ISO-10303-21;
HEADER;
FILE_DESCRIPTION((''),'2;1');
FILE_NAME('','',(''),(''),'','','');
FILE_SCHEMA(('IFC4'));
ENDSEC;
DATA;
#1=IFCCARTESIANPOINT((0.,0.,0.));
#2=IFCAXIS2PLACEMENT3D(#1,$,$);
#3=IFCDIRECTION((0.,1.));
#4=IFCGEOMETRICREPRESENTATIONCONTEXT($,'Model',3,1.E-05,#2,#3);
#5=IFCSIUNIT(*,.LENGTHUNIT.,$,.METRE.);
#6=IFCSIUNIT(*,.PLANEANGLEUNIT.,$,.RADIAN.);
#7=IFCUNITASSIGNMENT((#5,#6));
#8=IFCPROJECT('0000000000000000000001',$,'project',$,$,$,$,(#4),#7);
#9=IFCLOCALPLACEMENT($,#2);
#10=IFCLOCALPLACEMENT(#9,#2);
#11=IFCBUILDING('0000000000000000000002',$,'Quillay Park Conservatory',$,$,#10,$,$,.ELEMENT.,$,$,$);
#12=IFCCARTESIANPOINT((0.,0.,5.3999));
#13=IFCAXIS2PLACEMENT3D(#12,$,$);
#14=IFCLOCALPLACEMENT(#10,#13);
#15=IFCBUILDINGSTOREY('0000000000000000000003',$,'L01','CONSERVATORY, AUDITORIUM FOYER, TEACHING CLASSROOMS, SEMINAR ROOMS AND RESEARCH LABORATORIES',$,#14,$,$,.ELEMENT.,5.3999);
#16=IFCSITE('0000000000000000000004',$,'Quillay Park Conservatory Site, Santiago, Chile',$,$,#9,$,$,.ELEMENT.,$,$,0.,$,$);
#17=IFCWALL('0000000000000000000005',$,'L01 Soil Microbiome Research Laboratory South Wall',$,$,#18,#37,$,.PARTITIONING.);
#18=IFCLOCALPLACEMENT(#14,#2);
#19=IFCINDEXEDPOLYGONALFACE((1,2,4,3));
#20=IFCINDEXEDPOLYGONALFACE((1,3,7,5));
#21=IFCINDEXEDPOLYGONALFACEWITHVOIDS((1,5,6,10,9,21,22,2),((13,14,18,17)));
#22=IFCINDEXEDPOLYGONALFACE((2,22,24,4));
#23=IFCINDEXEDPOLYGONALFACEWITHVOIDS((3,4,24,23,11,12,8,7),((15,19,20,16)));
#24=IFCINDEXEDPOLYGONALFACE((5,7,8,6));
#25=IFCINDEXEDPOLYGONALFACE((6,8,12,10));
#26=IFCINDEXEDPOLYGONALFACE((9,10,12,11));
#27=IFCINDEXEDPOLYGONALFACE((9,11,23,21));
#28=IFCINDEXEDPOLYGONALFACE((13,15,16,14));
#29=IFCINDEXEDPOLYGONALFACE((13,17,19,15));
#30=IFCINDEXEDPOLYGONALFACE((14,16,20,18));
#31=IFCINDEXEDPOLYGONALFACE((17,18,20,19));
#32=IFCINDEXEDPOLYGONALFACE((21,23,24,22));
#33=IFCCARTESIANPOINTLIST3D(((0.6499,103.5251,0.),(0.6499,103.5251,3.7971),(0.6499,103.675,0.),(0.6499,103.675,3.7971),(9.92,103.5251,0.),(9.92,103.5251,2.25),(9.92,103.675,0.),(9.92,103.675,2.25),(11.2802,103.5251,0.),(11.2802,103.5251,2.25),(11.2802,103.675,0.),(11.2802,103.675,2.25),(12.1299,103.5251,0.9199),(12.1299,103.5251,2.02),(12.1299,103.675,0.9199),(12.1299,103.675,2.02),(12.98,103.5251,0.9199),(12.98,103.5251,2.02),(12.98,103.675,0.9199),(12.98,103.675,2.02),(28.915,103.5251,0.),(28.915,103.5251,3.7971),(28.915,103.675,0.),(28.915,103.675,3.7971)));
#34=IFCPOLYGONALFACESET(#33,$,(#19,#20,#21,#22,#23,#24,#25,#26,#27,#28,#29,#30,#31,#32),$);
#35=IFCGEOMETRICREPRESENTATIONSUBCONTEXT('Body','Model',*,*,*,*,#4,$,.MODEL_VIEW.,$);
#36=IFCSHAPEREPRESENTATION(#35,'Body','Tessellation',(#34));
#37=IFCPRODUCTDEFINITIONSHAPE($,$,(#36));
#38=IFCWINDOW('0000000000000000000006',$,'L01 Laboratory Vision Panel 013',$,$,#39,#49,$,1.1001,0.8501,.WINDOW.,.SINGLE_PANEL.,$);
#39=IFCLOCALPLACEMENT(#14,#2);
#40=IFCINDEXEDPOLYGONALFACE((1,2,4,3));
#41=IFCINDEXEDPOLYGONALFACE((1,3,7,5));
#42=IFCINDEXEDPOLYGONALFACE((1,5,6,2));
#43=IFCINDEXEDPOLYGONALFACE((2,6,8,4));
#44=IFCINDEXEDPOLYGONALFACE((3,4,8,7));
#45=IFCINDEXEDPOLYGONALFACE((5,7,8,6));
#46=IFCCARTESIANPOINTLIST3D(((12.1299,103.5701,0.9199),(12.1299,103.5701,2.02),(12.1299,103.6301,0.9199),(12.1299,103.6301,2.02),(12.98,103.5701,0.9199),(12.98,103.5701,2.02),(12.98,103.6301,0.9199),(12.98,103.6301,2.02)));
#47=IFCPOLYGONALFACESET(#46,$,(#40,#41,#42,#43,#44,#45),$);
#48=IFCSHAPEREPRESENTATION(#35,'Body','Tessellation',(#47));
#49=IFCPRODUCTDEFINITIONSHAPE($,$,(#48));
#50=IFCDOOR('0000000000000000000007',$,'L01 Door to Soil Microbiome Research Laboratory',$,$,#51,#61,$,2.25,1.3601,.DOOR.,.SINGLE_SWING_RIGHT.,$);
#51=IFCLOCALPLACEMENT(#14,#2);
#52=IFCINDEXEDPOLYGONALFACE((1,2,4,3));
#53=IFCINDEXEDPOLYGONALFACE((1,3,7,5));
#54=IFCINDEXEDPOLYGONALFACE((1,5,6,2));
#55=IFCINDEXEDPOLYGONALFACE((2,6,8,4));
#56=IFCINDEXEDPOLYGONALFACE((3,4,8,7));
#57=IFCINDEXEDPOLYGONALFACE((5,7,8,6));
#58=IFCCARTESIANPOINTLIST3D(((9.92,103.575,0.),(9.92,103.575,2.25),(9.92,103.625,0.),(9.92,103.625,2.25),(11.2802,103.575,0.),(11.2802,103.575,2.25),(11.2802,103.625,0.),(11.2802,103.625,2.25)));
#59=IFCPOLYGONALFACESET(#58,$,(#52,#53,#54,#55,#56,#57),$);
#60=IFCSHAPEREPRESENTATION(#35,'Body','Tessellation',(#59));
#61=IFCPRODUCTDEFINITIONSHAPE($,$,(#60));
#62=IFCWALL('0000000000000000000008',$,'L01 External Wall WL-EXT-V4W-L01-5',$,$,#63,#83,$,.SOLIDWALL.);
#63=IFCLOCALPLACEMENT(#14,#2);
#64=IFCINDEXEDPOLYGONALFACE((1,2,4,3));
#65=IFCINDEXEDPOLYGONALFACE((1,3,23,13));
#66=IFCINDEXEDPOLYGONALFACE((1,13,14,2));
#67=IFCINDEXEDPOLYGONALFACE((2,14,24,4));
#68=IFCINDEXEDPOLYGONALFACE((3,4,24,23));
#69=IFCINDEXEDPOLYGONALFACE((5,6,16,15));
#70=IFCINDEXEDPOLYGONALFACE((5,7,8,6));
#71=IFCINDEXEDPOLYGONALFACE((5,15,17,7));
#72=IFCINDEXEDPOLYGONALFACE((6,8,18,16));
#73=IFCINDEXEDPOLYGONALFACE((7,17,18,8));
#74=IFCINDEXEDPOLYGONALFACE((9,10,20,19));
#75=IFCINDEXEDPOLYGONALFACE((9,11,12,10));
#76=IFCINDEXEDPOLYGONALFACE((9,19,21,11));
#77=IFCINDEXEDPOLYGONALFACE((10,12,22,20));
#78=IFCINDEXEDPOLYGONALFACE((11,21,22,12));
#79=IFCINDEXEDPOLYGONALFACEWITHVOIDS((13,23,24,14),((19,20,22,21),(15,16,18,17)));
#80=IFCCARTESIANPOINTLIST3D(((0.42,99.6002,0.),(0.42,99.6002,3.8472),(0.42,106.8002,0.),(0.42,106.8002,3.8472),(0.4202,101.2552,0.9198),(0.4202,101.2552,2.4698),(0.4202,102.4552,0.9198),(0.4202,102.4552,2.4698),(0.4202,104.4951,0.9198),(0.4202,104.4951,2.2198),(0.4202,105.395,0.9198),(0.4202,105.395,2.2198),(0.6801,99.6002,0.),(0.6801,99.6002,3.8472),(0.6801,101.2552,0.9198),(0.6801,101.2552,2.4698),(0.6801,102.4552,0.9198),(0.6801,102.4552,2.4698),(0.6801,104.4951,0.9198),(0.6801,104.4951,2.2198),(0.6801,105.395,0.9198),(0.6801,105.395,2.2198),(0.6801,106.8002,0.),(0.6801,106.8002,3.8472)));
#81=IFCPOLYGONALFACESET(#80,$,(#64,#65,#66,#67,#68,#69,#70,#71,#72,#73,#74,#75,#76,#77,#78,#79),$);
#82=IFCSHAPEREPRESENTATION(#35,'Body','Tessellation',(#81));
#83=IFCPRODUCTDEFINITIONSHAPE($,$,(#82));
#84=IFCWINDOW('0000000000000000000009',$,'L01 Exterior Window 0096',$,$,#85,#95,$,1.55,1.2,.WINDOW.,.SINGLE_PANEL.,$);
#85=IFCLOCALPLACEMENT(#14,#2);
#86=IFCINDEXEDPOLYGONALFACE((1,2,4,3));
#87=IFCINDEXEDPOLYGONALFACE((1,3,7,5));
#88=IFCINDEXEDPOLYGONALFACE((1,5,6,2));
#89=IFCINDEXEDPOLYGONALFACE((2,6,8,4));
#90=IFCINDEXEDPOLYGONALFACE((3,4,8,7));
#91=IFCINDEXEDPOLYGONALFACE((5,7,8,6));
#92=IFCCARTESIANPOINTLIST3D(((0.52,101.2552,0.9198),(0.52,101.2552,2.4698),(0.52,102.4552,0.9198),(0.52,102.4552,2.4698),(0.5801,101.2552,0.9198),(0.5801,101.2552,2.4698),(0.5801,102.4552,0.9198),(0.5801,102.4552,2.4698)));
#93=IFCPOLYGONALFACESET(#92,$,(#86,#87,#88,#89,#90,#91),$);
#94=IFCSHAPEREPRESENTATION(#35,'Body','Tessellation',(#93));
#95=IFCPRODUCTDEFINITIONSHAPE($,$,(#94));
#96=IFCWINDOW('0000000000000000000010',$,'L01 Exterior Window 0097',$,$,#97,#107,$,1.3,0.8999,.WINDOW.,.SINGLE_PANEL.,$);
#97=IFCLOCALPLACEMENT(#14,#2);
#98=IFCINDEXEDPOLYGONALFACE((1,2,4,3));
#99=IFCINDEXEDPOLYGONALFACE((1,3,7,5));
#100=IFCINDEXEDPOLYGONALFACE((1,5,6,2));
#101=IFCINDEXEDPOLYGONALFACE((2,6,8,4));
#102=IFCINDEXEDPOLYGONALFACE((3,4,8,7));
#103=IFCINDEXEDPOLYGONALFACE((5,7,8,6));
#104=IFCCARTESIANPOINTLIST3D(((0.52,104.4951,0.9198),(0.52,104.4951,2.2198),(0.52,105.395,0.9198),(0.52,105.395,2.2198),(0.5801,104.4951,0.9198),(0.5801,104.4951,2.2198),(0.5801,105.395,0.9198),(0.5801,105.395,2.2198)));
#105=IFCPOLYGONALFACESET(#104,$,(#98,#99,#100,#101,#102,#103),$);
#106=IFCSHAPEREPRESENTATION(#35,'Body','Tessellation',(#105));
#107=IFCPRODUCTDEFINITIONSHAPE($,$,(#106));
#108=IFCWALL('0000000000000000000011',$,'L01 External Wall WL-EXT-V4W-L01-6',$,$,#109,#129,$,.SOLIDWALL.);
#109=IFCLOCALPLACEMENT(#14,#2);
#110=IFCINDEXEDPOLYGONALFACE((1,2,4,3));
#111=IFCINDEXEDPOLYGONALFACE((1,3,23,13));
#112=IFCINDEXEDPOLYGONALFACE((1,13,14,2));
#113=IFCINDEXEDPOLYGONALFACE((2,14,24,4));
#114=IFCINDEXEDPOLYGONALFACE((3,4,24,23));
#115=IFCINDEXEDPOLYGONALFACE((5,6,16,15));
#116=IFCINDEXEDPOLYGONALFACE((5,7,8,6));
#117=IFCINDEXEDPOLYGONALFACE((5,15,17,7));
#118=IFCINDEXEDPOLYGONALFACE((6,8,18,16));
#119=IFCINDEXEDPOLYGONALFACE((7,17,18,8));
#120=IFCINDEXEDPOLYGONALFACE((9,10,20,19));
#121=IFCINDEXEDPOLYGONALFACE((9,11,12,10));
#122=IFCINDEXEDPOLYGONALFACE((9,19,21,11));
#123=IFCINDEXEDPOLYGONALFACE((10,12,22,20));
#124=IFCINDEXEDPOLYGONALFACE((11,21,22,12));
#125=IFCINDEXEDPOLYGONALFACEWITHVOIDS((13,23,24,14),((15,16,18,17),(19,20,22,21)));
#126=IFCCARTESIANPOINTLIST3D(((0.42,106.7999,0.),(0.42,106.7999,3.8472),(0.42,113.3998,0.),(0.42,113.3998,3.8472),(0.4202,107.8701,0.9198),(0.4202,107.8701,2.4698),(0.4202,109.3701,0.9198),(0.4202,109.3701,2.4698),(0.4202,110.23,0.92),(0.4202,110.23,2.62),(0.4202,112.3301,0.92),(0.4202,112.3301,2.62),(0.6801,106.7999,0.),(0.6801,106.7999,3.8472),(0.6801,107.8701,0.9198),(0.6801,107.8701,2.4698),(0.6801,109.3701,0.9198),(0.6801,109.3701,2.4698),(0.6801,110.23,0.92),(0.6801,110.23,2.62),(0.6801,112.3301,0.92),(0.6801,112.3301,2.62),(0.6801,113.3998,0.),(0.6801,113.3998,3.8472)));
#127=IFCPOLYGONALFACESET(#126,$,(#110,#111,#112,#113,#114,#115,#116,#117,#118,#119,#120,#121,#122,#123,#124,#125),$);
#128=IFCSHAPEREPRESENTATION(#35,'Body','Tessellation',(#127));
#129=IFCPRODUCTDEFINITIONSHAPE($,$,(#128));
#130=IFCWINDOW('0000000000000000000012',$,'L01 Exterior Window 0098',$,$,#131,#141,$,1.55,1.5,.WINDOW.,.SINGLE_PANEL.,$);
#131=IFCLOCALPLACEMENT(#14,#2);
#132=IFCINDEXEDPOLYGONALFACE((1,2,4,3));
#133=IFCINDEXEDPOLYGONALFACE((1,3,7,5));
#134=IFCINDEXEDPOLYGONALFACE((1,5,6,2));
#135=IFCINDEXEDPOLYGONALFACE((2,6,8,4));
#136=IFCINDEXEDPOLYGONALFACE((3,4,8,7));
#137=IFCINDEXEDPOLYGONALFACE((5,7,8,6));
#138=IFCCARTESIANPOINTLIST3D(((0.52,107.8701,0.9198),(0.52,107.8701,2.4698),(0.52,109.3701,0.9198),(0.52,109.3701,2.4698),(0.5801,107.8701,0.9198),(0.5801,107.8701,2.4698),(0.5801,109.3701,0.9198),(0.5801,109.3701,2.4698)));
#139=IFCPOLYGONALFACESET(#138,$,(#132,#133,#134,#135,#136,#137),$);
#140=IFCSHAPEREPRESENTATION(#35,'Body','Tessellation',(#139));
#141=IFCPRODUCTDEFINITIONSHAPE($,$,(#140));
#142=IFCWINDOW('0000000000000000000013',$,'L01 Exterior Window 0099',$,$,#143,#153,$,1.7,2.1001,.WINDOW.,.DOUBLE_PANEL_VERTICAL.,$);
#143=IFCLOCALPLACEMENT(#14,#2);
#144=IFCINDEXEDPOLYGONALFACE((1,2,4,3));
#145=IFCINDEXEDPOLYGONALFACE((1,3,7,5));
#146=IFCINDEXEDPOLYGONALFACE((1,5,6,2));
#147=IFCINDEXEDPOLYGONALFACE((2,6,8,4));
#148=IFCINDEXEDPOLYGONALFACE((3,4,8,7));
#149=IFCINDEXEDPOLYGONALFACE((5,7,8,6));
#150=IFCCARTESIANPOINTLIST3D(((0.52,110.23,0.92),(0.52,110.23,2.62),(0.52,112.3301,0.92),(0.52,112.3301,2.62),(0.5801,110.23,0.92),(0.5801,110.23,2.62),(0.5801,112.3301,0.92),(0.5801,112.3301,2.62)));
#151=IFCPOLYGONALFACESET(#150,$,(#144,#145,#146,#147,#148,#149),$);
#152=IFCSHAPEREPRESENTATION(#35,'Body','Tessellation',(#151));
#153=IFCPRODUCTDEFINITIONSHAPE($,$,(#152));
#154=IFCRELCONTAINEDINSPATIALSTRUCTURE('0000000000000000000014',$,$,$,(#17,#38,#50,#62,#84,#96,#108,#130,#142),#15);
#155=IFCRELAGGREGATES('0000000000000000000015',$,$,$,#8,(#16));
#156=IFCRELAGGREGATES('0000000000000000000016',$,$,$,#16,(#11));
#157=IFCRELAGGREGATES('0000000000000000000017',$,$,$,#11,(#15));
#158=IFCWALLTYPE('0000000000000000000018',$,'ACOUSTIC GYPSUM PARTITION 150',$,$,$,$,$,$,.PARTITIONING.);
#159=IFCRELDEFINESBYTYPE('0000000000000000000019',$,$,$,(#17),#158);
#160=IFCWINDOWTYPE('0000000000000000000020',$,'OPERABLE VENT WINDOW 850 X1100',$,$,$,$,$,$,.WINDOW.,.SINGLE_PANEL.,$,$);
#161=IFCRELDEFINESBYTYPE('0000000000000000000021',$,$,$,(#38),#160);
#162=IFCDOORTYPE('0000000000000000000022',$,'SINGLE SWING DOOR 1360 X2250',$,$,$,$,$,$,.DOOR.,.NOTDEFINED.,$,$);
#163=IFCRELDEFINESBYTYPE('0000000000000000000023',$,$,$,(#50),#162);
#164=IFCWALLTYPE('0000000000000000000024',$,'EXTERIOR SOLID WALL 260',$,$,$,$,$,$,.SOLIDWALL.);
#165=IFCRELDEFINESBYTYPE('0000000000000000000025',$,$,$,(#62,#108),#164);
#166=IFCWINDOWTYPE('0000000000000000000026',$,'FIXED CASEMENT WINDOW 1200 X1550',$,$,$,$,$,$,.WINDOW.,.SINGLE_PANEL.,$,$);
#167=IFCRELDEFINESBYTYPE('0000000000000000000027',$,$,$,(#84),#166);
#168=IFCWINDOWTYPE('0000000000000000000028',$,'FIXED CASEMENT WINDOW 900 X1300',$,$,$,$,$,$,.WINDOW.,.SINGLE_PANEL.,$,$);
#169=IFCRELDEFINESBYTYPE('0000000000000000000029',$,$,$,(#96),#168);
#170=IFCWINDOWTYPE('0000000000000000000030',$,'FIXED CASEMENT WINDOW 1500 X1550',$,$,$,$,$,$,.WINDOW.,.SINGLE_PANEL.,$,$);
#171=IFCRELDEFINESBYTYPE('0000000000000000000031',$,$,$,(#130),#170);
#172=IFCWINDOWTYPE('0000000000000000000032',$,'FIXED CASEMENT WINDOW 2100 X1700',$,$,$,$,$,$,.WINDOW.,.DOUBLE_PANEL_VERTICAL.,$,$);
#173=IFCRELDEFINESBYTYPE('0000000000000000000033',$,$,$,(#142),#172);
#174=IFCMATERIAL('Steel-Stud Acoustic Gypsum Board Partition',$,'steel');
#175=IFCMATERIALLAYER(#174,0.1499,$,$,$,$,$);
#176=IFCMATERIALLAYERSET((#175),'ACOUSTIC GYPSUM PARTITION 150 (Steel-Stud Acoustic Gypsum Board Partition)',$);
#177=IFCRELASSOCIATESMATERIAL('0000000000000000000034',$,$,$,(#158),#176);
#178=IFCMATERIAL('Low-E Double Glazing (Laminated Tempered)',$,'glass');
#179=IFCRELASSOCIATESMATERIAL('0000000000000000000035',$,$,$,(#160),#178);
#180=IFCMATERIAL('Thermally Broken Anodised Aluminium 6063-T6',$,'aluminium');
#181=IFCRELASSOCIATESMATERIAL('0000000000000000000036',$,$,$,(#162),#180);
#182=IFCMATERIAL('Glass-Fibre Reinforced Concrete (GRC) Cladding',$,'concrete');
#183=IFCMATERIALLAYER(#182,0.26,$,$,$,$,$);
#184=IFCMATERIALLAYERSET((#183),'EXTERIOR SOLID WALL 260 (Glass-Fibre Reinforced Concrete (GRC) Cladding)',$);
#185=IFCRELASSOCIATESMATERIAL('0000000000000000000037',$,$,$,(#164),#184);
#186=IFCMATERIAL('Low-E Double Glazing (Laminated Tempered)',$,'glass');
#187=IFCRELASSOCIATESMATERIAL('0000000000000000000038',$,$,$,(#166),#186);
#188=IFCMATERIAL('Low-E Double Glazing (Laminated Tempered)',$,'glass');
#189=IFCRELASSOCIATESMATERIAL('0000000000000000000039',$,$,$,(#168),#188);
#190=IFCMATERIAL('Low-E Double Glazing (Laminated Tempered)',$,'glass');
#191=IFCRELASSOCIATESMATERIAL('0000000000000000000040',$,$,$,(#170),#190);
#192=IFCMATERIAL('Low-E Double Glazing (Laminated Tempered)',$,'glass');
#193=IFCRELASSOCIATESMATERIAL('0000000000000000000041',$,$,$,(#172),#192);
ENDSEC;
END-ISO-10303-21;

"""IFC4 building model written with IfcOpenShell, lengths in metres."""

from ifc_helpers import new_model, si_unit, direction, frame, frame_2d, origin, place, context, subcontext, project, spatial, rectangle, extrude, material, layer, layer_set, type_object, element, fill, save


model = new_model("IFC4")

# Units and contexts
model_context = context("Model", 3, precision=1e-05, world=origin(), true_north=direction((0.0, 1.0)))
body_context = subcontext(model_context, "Body", "Model", "MODEL_VIEW")
ifc_project = project(units=[si_unit("LENGTHUNIT", "METRE"), si_unit("PLANEANGLEUNIT", "RADIAN")], contexts=[model_context])

# Site, building, storey
site_placement = place(None, origin())
site = spatial("IfcSite", under=ifc_project, at=site_placement, Name="Quillay Park Conservatory Site, Santiago, Chile", CompositionType="ELEMENT", RefElevation=0.0)
building_placement = place(site_placement, origin())
building = spatial("IfcBuilding", under=site, at=building_placement, Name="Quillay Park Conservatory", CompositionType="ELEMENT")
storey_placement = place(building_placement, frame((0.0, 0.0, 5.3999)))
storey = spatial("IfcBuildingStorey", under=building, at=storey_placement, Name="L01", Description="CONSERVATORY, AUDITORIUM FOYER, TEACHING CLASSROOMS, SEMINAR ROOMS AND RESEARCH LABORATORIES", CompositionType="ELEMENT", Elevation=5.3999)

# Wall, openings, window, door
ifc_material_1 = material(Name="Steel-Stud Acoustic Gypsum Board Partition", Category="steel")
ifc_layer_1 = layer(ifc_material_1, 0.1499)
ifc_layer_set_1 = layer_set([ifc_layer_1], Name="ACOUSTIC GYPSUM PARTITION 150 (Steel-Stud Acoustic Gypsum Board Partition)")
wall_type_1 = type_object("IfcWallType", Name="ACOUSTIC GYPSUM PARTITION 150", PredefinedType="PARTITIONING", material=ifc_layer_set_1)
wall_1_placement = place(storey_placement, frame((0.6499, 103.6001, 0.0), z_axis=(0.0, 0.0, 1.0), x_axis=(1.0, 0.0, 0.0)))
wall_1 = element("IfcWall", 1, at=wall_1_placement, inside=storey, type_object=wall_type_1, Name="L01 Soil Microbiome Research Laboratory South Wall", PredefinedType="PARTITIONING", context=body_context, shape_type="SweptSolid", body=[
    extrude(rectangle(XDim=28.2651, YDim=0.1499, at=frame_2d((14.1326, 0.0))), origin(), (0.0, 0.0, 1.0), 3.7971),
])
opening_1_placement = place(wall_1_placement, frame((9.27, 0.0, 0.0)))
opening_1 = element("IfcOpeningElement", 2, at=opening_1_placement, cuts=wall_1, PredefinedType="OPENING", context=body_context, shape_type="SweptSolid", body=[
    extrude(rectangle(XDim=1.3601, YDim=2.25, at=frame_2d((0.6802, 1.125))), frame((0.0, 0.075, 0.0), z_axis=(0.0, -1.0, 0.0), x_axis=(1.0, 0.0, 0.0)), (0.0, 0.0, 1.0), 0.1499),
])
opening_2_placement = place(wall_1_placement, frame((11.48, 0.0, 0.9199)))
opening_2 = element("IfcOpeningElement", 3, at=opening_2_placement, cuts=wall_1, PredefinedType="OPENING", context=body_context, shape_type="SweptSolid", body=[
    extrude(rectangle(XDim=0.8501, YDim=1.1001, at=frame_2d((0.425, 0.55))), frame((0.0, 0.075, 0.0), z_axis=(0.0, -1.0, 0.0), x_axis=(1.0, 0.0, 0.0)), (0.0, 0.0, 1.0), 0.1499),
])
ifc_material_2 = material(Name="Low-E Double Glazing (Laminated Tempered)", Category="glass")
window_type_1 = type_object("IfcWindowType", Name="OPERABLE VENT WINDOW 850 X1100", PartitioningType="SINGLE_PANEL", PredefinedType="WINDOW", material=ifc_material_2)
window_1_placement = place(opening_2_placement, origin())
window_1 = element("IfcWindow", 4, at=window_1_placement, inside=storey, type_object=window_type_1, Name="L01 Laboratory Vision Panel 013", OverallHeight=1.1001, OverallWidth=0.8501, PartitioningType="SINGLE_PANEL", PredefinedType="WINDOW", context=body_context, shape_type="SweptSolid", body=[
    extrude(rectangle(XDim=0.8501, YDim=1.1001, at=frame_2d((0.425, 0.55))), frame((0.0, 0.03, 0.0), z_axis=(0.0, -1.0, 0.0), x_axis=(1.0, 0.0, 0.0)), (0.0, 0.0, 1.0), 0.0601),
])
fill(opening_2, window_1)
ifc_material_3 = material(Name="Thermally Broken Anodised Aluminium 6063-T6", Category="aluminium")
door_type = type_object("IfcDoorType", Name="SINGLE SWING DOOR 1360 X2250", OperationType="NOTDEFINED", PredefinedType="DOOR", material=ifc_material_3)
door_placement = place(opening_1_placement, origin())
door = element("IfcDoor", 5, at=door_placement, inside=storey, type_object=door_type, Name="L01 Door to Soil Microbiome Research Laboratory", OperationType="SINGLE_SWING_RIGHT", OverallHeight=2.25, OverallWidth=1.3601, PredefinedType="DOOR", context=body_context, shape_type="SweptSolid", body=[
    extrude(rectangle(XDim=1.3601, YDim=2.25, at=frame_2d((0.6802, 1.125))), frame((0.0, 0.0249, 0.0), z_axis=(0.0, -1.0, 0.0), x_axis=(1.0, 0.0, 0.0)), (0.0, 0.0, 1.0), 0.05),
])
fill(opening_1, door)

# Walls, openings, windows
ifc_material_4 = material(Name="Glass-Fibre Reinforced Concrete (GRC) Cladding", Category="concrete")
ifc_layer_2 = layer(ifc_material_4, 0.26)
ifc_layer_set_2 = layer_set([ifc_layer_2], Name="EXTERIOR SOLID WALL 260 (Glass-Fibre Reinforced Concrete (GRC) Cladding)")
wall_type_2 = type_object("IfcWallType", Name="EXTERIOR SOLID WALL 260", PredefinedType="SOLIDWALL", material=ifc_layer_set_2)
wall_2_placement = place(storey_placement, frame((0.55, 99.6001, 0.0), z_axis=(0.0, 0.0, 1.0), x_axis=(0.0, 1.0, 0.0)))
wall_2 = element("IfcWall", 6, at=wall_2_placement, inside=storey, type_object=wall_type_2, Name="L01 External Wall WL-EXT-V4W-L01-5", PredefinedType="SOLIDWALL", context=body_context, shape_type="SweptSolid", body=[
    extrude(rectangle(XDim=7.2, YDim=0.26, at=frame_2d((3.6001, 0.0))), origin(), (0.0, 0.0, 1.0), 3.8472),
])
opening_3_placement = place(wall_2_placement, frame((1.655, 0.0, 0.9199)))
opening_3 = element("IfcOpeningElement", 7, at=opening_3_placement, cuts=wall_2, PredefinedType="OPENING", context=body_context, shape_type="SweptSolid", body=[
    extrude(rectangle(XDim=1.2, YDim=1.55, at=frame_2d((0.6001, 0.7749))), frame((0.0, 0.1299, 0.0), z_axis=(0.0, -1.0, 0.0), x_axis=(1.0, 0.0, 0.0)), (0.0, 0.0, 1.0), 0.26),
])
opening_4_placement = place(wall_2_placement, frame((4.895, 0.0, 0.9199)))
opening_4 = element("IfcOpeningElement", 8, at=opening_4_placement, cuts=wall_2, PredefinedType="OPENING", context=body_context, shape_type="SweptSolid", body=[
    extrude(rectangle(XDim=0.8999, YDim=1.3, at=frame_2d((0.45, 0.6499))), frame((0.0, 0.1299, 0.0), z_axis=(0.0, -1.0, 0.0), x_axis=(1.0, 0.0, 0.0)), (0.0, 0.0, 1.0), 0.26),
])
ifc_material_5 = material(Name="Low-E Double Glazing (Laminated Tempered)", Category="glass")
window_type_2 = type_object("IfcWindowType", Name="FIXED CASEMENT WINDOW 1200 X1550", PartitioningType="SINGLE_PANEL", PredefinedType="WINDOW", material=ifc_material_5)
window_2_placement = place(opening_3_placement, origin())
window_2 = element("IfcWindow", 9, at=window_2_placement, inside=storey, type_object=window_type_2, Name="L01 Exterior Window 0096", OverallHeight=1.55, OverallWidth=1.2, PartitioningType="SINGLE_PANEL", PredefinedType="WINDOW", context=body_context, shape_type="SweptSolid", body=[
    extrude(rectangle(XDim=1.2, YDim=1.55, at=frame_2d((0.6001, 0.7749))), frame((0.0, 0.03, 0.0), z_axis=(0.0, -1.0, 0.0), x_axis=(1.0, 0.0, 0.0)), (0.0, 0.0, 1.0), 0.0601),
])
fill(opening_3, window_2)
ifc_material_6 = material(Name="Low-E Double Glazing (Laminated Tempered)", Category="glass")
window_type_3 = type_object("IfcWindowType", Name="FIXED CASEMENT WINDOW 900 X1300", PartitioningType="SINGLE_PANEL", PredefinedType="WINDOW", material=ifc_material_6)
window_3_placement = place(opening_4_placement, origin())
window_3 = element("IfcWindow", 10, at=window_3_placement, inside=storey, type_object=window_type_3, Name="L01 Exterior Window 0097", OverallHeight=1.3, OverallWidth=0.8999, PartitioningType="SINGLE_PANEL", PredefinedType="WINDOW", context=body_context, shape_type="SweptSolid", body=[
    extrude(rectangle(XDim=0.8999, YDim=1.3, at=frame_2d((0.45, 0.6499))), frame((0.0, 0.03, 0.0), z_axis=(0.0, -1.0, 0.0), x_axis=(1.0, 0.0, 0.0)), (0.0, 0.0, 1.0), 0.0601),
])
fill(opening_4, window_3)
wall_3_placement = place(storey_placement, frame((0.55, 106.8, 0.0), z_axis=(0.0, 0.0, 1.0), x_axis=(0.0, 1.0, 0.0)))
wall_3 = element("IfcWall", 11, at=wall_3_placement, inside=storey, type_object=wall_type_2, Name="L01 External Wall WL-EXT-V4W-L01-6", PredefinedType="SOLIDWALL", context=body_context, shape_type="SweptSolid", body=[
    extrude(rectangle(XDim=6.5999, YDim=0.26, at=frame_2d((3.2998, 0.0))), origin(), (0.0, 0.0, 1.0), 3.8472),
])
opening_5_placement = place(wall_3_placement, frame((1.0701, 0.0, 0.9199)))
opening_5 = element("IfcOpeningElement", 12, at=opening_5_placement, cuts=wall_3, PredefinedType="OPENING", context=body_context, shape_type="SweptSolid", body=[
    extrude(rectangle(XDim=1.5, YDim=1.55, at=frame_2d((0.75, 0.7749))), frame((0.0, 0.1299, 0.0), z_axis=(0.0, -1.0, 0.0), x_axis=(1.0, 0.0, 0.0)), (0.0, 0.0, 1.0), 0.26),
])
opening_6_placement = place(wall_3_placement, frame((3.4299, 0.0, 0.9199)))
opening_6 = element("IfcOpeningElement", 13, at=opening_6_placement, cuts=wall_3, PredefinedType="OPENING", context=body_context, shape_type="SweptSolid", body=[
    extrude(rectangle(XDim=2.1001, YDim=1.7, at=frame_2d((1.05, 0.8501))), frame((0.0, 0.1299, 0.0), z_axis=(0.0, -1.0, 0.0), x_axis=(1.0, 0.0, 0.0)), (0.0, 0.0, 1.0), 0.26),
])
ifc_material_7 = material(Name="Low-E Double Glazing (Laminated Tempered)", Category="glass")
window_type_4 = type_object("IfcWindowType", Name="FIXED CASEMENT WINDOW 1500 X1550", PartitioningType="SINGLE_PANEL", PredefinedType="WINDOW", material=ifc_material_7)
window_4_placement = place(opening_5_placement, origin())
window_4 = element("IfcWindow", 14, at=window_4_placement, inside=storey, type_object=window_type_4, Name="L01 Exterior Window 0098", OverallHeight=1.55, OverallWidth=1.5, PartitioningType="SINGLE_PANEL", PredefinedType="WINDOW", context=body_context, shape_type="SweptSolid", body=[
    extrude(rectangle(XDim=1.5, YDim=1.55, at=frame_2d((0.75, 0.7749))), frame((0.0, 0.03, 0.0), z_axis=(0.0, -1.0, 0.0), x_axis=(1.0, 0.0, 0.0)), (0.0, 0.0, 1.0), 0.0601),
])
fill(opening_5, window_4)
ifc_material_8 = material(Name="Low-E Double Glazing (Laminated Tempered)", Category="glass")
window_type_5 = type_object("IfcWindowType", Name="FIXED CASEMENT WINDOW 2100 X1700", PartitioningType="DOUBLE_PANEL_VERTICAL", PredefinedType="WINDOW", material=ifc_material_8)
window_5_placement = place(opening_6_placement, origin())
window_5 = element("IfcWindow", 15, at=window_5_placement, inside=storey, type_object=window_type_5, Name="L01 Exterior Window 0099", OverallHeight=1.7, OverallWidth=2.1001, PartitioningType="DOUBLE_PANEL_VERTICAL", PredefinedType="WINDOW", context=body_context, shape_type="SweptSolid", body=[
    extrude(rectangle(XDim=2.1001, YDim=1.7, at=frame_2d((1.05, 0.8501))), frame((0.0, 0.03, 0.0), z_axis=(0.0, -1.0, 0.0), x_axis=(1.0, 0.0, 0.0)), (0.0, 0.0, 1.0), 0.0601),
])
fill(opening_6, window_5)

save(model, "model.ifc")
